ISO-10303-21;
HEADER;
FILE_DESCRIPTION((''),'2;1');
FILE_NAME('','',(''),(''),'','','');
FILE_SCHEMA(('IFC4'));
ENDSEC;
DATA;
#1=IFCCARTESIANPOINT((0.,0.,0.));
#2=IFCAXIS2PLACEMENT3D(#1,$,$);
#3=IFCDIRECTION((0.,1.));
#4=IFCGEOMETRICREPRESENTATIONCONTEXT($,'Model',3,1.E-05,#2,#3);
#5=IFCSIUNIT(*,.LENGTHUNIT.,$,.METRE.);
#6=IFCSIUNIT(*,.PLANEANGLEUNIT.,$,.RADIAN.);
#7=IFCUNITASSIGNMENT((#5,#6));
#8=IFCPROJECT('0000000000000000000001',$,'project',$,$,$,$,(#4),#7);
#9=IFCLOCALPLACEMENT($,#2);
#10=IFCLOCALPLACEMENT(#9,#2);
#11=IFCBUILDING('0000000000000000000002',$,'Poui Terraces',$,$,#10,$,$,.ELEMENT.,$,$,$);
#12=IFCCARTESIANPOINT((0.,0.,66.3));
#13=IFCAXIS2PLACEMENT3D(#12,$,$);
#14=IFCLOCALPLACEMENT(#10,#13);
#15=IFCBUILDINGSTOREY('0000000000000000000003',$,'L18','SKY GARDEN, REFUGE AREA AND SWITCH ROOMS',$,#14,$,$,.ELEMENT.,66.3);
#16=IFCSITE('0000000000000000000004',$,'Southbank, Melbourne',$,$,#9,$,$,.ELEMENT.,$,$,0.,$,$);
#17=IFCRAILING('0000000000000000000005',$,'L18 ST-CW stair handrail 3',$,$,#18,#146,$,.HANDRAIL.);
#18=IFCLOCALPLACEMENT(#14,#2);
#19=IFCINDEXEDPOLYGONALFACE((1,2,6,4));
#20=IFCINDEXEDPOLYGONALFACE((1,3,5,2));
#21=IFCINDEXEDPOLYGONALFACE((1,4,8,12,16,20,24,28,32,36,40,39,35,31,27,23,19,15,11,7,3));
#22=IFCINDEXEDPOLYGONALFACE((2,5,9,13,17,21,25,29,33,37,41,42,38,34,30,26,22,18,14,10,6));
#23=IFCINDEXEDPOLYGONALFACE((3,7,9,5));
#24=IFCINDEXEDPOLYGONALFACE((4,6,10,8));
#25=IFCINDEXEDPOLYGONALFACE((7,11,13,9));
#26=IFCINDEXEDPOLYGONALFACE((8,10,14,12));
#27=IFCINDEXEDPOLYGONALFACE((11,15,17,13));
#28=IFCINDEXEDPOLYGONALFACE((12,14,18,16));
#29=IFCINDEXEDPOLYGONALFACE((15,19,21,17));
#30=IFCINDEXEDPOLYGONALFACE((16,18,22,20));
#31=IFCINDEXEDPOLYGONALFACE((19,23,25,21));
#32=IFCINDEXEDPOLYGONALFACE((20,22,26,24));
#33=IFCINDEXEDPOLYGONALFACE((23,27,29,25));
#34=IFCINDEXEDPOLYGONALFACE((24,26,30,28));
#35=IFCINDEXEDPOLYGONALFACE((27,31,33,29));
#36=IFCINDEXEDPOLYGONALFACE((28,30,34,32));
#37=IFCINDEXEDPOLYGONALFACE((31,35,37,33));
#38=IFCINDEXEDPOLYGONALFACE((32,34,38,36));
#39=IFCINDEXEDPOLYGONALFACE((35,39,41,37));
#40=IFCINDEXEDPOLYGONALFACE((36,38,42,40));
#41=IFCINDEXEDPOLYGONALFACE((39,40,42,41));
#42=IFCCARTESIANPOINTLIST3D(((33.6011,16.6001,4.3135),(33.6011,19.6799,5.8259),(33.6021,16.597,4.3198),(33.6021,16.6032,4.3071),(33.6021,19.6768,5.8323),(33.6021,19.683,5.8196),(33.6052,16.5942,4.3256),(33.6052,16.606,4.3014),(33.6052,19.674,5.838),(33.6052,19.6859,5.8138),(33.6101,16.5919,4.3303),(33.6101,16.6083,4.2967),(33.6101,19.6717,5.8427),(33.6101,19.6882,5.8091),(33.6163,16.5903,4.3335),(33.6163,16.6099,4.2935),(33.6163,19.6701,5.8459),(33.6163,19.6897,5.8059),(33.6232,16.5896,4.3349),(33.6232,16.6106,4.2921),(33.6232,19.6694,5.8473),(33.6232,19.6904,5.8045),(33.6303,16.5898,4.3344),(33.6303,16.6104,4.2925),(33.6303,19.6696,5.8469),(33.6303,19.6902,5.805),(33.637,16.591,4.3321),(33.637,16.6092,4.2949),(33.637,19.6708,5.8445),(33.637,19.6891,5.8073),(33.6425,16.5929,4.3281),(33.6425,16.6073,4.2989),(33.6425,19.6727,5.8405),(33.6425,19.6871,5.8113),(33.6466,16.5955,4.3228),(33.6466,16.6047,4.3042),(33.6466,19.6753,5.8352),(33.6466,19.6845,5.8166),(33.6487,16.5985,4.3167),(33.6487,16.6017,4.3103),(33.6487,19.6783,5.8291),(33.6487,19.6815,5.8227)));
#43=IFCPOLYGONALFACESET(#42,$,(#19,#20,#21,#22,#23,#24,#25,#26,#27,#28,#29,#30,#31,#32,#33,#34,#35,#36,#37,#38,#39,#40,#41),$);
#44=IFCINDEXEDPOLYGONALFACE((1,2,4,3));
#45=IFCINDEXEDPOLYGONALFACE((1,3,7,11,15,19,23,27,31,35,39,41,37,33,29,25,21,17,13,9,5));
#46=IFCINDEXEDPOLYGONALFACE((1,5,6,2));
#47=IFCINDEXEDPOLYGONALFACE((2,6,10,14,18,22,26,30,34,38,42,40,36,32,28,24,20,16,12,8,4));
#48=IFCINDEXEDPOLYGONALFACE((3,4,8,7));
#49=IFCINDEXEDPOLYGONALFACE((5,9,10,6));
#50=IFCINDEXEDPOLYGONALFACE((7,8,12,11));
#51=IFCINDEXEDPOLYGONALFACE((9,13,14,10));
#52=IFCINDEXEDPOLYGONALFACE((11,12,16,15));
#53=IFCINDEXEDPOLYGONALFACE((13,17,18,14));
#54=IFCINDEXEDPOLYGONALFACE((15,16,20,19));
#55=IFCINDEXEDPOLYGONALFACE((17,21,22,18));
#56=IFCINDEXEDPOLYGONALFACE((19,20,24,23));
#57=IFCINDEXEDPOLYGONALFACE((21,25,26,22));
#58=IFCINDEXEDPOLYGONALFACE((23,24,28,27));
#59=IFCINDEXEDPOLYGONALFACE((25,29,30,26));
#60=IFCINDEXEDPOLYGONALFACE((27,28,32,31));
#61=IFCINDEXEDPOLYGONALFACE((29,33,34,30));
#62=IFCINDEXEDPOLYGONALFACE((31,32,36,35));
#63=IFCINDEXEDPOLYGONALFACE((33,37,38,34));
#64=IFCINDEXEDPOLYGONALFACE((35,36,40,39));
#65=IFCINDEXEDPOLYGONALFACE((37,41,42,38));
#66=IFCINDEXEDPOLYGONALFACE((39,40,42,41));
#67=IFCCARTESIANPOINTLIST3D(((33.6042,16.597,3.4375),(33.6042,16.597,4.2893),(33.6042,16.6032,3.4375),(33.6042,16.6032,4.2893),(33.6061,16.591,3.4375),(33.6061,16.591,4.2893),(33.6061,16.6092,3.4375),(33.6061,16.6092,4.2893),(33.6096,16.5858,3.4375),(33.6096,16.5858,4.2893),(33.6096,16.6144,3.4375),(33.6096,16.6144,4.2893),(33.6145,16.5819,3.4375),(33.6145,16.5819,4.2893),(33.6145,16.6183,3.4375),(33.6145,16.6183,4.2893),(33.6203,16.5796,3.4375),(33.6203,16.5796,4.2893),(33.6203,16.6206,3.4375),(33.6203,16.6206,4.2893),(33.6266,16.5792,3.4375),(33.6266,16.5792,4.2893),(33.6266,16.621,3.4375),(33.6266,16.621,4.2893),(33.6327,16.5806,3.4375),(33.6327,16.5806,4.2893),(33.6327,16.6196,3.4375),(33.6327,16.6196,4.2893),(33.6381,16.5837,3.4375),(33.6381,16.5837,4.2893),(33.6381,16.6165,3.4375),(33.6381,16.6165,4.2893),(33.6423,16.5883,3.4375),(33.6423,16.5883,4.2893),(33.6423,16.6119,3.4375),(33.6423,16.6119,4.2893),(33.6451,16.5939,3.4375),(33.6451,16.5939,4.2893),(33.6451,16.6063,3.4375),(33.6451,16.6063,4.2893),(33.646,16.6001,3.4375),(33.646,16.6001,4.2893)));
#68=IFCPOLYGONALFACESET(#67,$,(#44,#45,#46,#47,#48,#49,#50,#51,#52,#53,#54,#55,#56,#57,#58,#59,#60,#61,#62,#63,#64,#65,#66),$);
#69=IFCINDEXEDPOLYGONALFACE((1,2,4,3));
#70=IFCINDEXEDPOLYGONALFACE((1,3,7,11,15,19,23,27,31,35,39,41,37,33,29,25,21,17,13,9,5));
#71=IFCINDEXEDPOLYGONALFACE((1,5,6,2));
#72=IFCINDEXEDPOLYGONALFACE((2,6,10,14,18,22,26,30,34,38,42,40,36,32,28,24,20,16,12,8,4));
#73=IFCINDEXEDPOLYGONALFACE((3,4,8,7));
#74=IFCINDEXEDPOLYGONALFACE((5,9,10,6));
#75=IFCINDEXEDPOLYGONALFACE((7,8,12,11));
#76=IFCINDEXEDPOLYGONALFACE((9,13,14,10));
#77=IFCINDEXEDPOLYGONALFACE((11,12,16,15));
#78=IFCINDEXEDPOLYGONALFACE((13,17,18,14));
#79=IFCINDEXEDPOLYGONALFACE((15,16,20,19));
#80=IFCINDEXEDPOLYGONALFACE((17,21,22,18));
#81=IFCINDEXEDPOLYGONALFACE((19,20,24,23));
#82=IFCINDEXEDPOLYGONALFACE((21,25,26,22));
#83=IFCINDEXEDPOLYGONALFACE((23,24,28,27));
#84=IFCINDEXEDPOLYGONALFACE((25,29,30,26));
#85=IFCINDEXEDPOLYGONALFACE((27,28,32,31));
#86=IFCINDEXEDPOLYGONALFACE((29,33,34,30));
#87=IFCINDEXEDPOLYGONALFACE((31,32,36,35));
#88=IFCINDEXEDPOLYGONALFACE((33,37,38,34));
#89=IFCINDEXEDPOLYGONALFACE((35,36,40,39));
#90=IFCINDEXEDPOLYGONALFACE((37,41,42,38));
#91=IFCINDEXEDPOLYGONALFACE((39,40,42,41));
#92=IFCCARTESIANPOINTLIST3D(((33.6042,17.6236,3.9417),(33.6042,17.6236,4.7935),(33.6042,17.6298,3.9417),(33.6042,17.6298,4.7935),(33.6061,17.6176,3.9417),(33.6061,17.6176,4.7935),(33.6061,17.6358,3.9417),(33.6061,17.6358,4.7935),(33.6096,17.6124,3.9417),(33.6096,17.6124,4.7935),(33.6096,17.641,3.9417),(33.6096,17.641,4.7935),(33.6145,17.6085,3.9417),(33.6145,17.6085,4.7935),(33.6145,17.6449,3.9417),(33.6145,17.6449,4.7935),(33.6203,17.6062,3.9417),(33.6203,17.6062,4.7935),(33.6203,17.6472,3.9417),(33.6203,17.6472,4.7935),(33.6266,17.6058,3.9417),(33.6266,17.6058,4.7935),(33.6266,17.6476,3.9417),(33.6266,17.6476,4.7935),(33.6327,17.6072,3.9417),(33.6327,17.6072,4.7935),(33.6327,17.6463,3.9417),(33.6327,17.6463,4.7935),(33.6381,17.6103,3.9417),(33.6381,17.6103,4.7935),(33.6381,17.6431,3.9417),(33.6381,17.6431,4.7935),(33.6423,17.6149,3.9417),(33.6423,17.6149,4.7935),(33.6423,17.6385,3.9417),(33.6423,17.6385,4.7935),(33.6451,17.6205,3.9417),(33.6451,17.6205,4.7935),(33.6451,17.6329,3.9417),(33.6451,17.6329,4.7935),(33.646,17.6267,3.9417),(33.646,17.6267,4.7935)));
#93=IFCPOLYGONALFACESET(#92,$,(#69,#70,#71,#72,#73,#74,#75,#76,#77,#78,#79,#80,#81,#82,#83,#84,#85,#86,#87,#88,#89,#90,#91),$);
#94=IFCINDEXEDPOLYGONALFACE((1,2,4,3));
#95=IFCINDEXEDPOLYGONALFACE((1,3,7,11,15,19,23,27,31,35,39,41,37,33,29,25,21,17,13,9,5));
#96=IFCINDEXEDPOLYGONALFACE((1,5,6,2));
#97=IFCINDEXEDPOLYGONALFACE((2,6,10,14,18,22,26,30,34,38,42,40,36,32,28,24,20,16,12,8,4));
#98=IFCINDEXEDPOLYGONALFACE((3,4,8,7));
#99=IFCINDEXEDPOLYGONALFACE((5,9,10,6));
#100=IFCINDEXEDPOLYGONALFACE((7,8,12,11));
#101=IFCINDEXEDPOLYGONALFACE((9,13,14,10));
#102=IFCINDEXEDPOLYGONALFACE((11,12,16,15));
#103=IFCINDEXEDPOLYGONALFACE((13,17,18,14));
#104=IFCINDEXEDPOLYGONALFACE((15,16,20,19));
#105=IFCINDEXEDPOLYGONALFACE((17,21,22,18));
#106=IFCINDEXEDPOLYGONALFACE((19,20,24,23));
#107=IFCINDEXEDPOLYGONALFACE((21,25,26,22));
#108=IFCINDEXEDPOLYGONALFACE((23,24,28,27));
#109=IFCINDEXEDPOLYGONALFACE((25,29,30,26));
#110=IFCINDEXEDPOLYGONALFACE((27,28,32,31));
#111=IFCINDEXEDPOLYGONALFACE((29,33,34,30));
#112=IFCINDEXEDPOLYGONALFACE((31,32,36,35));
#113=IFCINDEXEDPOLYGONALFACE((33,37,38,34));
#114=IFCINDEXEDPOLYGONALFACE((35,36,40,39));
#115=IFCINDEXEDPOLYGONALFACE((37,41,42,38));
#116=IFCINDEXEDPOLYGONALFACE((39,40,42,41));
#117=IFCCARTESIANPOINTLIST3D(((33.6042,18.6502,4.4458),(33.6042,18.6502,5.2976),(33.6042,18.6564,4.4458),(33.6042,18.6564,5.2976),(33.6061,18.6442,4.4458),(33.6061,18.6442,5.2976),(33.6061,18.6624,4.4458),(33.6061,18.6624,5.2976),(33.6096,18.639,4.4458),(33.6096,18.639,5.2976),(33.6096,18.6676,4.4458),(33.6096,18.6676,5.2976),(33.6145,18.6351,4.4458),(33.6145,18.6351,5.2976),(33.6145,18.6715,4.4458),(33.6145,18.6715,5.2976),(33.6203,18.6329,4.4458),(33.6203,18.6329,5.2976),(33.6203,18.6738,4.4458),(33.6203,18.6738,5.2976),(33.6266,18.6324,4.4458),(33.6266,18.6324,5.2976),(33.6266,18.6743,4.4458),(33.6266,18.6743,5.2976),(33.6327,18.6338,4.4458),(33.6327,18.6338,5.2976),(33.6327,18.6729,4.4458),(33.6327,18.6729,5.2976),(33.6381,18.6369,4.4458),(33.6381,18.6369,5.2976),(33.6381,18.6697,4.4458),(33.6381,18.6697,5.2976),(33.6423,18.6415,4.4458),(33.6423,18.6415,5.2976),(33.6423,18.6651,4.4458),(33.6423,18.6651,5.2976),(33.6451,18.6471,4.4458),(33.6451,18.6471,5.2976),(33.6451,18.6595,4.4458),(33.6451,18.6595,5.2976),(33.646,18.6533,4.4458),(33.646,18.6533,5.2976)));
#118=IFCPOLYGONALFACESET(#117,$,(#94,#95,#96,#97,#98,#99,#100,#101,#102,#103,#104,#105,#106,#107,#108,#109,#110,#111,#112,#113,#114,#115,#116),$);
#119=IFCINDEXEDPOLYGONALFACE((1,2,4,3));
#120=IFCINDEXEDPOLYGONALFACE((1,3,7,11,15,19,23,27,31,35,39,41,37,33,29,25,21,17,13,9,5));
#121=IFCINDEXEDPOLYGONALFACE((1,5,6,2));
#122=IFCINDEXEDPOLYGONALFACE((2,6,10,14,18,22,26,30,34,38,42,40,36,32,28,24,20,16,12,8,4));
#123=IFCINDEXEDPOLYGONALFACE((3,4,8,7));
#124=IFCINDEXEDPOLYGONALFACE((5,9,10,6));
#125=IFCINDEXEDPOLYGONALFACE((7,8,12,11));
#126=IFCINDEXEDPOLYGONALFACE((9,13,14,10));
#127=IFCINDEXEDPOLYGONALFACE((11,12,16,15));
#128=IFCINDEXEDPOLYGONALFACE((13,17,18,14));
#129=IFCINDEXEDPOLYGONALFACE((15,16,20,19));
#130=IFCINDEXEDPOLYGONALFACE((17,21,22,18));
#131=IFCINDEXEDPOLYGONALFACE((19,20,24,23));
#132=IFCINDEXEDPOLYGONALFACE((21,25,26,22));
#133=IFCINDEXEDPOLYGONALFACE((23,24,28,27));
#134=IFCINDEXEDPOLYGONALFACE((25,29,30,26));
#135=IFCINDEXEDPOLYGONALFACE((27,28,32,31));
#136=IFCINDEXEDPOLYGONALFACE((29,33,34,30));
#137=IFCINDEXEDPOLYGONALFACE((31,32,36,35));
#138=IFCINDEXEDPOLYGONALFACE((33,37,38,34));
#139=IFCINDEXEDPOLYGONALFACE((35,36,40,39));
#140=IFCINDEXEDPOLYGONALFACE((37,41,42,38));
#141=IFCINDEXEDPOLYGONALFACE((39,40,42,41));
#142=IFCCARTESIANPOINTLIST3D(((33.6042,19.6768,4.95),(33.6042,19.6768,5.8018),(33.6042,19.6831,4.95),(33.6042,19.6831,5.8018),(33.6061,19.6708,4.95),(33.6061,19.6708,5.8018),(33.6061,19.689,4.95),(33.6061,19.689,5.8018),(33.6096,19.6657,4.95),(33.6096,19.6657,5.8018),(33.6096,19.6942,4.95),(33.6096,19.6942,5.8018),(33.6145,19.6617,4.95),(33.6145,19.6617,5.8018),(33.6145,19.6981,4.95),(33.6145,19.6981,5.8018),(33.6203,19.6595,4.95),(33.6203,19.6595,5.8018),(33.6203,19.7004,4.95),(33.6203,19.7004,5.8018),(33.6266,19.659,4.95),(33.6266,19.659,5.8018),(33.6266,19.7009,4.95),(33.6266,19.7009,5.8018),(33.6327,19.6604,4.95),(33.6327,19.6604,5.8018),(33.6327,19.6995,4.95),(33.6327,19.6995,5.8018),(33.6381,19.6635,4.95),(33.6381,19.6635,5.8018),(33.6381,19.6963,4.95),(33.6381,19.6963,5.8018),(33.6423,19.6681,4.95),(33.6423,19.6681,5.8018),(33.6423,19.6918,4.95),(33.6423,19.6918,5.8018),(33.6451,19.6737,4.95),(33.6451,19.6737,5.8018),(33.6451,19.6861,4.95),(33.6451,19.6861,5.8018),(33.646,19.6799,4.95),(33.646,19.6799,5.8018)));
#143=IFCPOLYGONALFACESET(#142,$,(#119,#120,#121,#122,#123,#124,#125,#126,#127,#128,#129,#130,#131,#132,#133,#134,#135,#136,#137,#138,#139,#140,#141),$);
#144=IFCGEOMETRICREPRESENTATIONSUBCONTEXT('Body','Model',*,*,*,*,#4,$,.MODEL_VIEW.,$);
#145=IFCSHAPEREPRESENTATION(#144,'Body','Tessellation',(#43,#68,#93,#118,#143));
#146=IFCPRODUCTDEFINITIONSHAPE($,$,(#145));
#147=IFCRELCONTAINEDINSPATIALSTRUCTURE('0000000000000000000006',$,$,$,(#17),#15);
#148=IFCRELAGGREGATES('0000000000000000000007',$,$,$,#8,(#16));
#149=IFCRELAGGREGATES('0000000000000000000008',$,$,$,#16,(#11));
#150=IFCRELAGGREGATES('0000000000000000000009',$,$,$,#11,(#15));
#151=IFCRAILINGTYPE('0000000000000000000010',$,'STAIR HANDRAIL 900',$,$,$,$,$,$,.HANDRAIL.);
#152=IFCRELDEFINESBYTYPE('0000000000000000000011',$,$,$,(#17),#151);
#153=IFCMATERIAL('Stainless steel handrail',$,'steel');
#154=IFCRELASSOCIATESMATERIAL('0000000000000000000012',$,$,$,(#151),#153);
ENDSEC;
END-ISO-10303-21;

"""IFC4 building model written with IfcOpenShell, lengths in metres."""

from ifc_helpers import new_model, si_unit, direction, frame, origin, origin_2d, place, context, subcontext, project, spatial, circle, extrude, material, type_object, element, save


model = new_model("IFC4")

# Units and contexts
model_context = context("Model", 3, precision=1e-05, world=origin(), true_north=direction((0.0, 1.0)))
body_context = subcontext(model_context, "Body", "Model", "MODEL_VIEW")
ifc_project = project(units=[si_unit("LENGTHUNIT", "METRE"), si_unit("PLANEANGLEUNIT", "RADIAN")], contexts=[model_context])

# Site, building, storey
site_placement = place(None, origin())
site = spatial("IfcSite", under=ifc_project, at=site_placement, Name="Southbank, Melbourne", CompositionType="ELEMENT", RefElevation=0.0)
building_placement = place(site_placement, origin())
building = spatial("IfcBuilding", under=site, at=building_placement, Name="Poui Terraces", CompositionType="ELEMENT")
storey_placement = place(building_placement, frame((0.0, 0.0, 66.3)))
storey = spatial("IfcBuildingStorey", under=building, at=storey_placement, Name="L18", Description="SKY GARDEN, REFUGE AREA AND SWITCH ROOMS", CompositionType="ELEMENT", Elevation=66.3)

# Railing
ifc_material_1 = material(Name="Stainless steel handrail", Category="steel")
railing_type_1 = type_object("IfcRailingType", Name="STAIR HANDRAIL 900", PredefinedType="HANDRAIL", material=ifc_material_1)
railing_1_placement = place(storey_placement, frame((33.625, 16.6001, 3.4375)))
element("IfcRailing", 1, at=railing_1_placement, inside=storey, type_object=railing_type_1, Name="L18 ST-CW stair handrail 3", PredefinedType="HANDRAIL", context=body_context, shape_type="SweptSolid", body=[
    extrude(circle(Radius=0.0239, at=origin_2d()), frame((0.0, 0.0, 0.876), z_axis=(0.0, 0.897606, 0.440798), x_axis=(-1.0, 0.0, 0.0)), (0.0, 0.0, 1.0), 3.4312),
    extrude(circle(Radius=0.021, at=origin_2d()), origin(), (0.0, 0.0, 1.0), 0.8518),
    extrude(circle(Radius=0.021, at=origin_2d()), frame((0.0, 1.0266, 0.5042)), (0.0, 0.0, 1.0), 0.8518),
    extrude(circle(Radius=0.021, at=origin_2d()), frame((0.0, 2.0532, 1.0083)), (0.0, 0.0, 1.0), 0.8518),
    extrude(circle(Radius=0.021, at=origin_2d()), frame((0.0, 3.0798, 1.5125)), (0.0, 0.0, 1.0), 0.8518),
])

save(model, "model.ifc")
